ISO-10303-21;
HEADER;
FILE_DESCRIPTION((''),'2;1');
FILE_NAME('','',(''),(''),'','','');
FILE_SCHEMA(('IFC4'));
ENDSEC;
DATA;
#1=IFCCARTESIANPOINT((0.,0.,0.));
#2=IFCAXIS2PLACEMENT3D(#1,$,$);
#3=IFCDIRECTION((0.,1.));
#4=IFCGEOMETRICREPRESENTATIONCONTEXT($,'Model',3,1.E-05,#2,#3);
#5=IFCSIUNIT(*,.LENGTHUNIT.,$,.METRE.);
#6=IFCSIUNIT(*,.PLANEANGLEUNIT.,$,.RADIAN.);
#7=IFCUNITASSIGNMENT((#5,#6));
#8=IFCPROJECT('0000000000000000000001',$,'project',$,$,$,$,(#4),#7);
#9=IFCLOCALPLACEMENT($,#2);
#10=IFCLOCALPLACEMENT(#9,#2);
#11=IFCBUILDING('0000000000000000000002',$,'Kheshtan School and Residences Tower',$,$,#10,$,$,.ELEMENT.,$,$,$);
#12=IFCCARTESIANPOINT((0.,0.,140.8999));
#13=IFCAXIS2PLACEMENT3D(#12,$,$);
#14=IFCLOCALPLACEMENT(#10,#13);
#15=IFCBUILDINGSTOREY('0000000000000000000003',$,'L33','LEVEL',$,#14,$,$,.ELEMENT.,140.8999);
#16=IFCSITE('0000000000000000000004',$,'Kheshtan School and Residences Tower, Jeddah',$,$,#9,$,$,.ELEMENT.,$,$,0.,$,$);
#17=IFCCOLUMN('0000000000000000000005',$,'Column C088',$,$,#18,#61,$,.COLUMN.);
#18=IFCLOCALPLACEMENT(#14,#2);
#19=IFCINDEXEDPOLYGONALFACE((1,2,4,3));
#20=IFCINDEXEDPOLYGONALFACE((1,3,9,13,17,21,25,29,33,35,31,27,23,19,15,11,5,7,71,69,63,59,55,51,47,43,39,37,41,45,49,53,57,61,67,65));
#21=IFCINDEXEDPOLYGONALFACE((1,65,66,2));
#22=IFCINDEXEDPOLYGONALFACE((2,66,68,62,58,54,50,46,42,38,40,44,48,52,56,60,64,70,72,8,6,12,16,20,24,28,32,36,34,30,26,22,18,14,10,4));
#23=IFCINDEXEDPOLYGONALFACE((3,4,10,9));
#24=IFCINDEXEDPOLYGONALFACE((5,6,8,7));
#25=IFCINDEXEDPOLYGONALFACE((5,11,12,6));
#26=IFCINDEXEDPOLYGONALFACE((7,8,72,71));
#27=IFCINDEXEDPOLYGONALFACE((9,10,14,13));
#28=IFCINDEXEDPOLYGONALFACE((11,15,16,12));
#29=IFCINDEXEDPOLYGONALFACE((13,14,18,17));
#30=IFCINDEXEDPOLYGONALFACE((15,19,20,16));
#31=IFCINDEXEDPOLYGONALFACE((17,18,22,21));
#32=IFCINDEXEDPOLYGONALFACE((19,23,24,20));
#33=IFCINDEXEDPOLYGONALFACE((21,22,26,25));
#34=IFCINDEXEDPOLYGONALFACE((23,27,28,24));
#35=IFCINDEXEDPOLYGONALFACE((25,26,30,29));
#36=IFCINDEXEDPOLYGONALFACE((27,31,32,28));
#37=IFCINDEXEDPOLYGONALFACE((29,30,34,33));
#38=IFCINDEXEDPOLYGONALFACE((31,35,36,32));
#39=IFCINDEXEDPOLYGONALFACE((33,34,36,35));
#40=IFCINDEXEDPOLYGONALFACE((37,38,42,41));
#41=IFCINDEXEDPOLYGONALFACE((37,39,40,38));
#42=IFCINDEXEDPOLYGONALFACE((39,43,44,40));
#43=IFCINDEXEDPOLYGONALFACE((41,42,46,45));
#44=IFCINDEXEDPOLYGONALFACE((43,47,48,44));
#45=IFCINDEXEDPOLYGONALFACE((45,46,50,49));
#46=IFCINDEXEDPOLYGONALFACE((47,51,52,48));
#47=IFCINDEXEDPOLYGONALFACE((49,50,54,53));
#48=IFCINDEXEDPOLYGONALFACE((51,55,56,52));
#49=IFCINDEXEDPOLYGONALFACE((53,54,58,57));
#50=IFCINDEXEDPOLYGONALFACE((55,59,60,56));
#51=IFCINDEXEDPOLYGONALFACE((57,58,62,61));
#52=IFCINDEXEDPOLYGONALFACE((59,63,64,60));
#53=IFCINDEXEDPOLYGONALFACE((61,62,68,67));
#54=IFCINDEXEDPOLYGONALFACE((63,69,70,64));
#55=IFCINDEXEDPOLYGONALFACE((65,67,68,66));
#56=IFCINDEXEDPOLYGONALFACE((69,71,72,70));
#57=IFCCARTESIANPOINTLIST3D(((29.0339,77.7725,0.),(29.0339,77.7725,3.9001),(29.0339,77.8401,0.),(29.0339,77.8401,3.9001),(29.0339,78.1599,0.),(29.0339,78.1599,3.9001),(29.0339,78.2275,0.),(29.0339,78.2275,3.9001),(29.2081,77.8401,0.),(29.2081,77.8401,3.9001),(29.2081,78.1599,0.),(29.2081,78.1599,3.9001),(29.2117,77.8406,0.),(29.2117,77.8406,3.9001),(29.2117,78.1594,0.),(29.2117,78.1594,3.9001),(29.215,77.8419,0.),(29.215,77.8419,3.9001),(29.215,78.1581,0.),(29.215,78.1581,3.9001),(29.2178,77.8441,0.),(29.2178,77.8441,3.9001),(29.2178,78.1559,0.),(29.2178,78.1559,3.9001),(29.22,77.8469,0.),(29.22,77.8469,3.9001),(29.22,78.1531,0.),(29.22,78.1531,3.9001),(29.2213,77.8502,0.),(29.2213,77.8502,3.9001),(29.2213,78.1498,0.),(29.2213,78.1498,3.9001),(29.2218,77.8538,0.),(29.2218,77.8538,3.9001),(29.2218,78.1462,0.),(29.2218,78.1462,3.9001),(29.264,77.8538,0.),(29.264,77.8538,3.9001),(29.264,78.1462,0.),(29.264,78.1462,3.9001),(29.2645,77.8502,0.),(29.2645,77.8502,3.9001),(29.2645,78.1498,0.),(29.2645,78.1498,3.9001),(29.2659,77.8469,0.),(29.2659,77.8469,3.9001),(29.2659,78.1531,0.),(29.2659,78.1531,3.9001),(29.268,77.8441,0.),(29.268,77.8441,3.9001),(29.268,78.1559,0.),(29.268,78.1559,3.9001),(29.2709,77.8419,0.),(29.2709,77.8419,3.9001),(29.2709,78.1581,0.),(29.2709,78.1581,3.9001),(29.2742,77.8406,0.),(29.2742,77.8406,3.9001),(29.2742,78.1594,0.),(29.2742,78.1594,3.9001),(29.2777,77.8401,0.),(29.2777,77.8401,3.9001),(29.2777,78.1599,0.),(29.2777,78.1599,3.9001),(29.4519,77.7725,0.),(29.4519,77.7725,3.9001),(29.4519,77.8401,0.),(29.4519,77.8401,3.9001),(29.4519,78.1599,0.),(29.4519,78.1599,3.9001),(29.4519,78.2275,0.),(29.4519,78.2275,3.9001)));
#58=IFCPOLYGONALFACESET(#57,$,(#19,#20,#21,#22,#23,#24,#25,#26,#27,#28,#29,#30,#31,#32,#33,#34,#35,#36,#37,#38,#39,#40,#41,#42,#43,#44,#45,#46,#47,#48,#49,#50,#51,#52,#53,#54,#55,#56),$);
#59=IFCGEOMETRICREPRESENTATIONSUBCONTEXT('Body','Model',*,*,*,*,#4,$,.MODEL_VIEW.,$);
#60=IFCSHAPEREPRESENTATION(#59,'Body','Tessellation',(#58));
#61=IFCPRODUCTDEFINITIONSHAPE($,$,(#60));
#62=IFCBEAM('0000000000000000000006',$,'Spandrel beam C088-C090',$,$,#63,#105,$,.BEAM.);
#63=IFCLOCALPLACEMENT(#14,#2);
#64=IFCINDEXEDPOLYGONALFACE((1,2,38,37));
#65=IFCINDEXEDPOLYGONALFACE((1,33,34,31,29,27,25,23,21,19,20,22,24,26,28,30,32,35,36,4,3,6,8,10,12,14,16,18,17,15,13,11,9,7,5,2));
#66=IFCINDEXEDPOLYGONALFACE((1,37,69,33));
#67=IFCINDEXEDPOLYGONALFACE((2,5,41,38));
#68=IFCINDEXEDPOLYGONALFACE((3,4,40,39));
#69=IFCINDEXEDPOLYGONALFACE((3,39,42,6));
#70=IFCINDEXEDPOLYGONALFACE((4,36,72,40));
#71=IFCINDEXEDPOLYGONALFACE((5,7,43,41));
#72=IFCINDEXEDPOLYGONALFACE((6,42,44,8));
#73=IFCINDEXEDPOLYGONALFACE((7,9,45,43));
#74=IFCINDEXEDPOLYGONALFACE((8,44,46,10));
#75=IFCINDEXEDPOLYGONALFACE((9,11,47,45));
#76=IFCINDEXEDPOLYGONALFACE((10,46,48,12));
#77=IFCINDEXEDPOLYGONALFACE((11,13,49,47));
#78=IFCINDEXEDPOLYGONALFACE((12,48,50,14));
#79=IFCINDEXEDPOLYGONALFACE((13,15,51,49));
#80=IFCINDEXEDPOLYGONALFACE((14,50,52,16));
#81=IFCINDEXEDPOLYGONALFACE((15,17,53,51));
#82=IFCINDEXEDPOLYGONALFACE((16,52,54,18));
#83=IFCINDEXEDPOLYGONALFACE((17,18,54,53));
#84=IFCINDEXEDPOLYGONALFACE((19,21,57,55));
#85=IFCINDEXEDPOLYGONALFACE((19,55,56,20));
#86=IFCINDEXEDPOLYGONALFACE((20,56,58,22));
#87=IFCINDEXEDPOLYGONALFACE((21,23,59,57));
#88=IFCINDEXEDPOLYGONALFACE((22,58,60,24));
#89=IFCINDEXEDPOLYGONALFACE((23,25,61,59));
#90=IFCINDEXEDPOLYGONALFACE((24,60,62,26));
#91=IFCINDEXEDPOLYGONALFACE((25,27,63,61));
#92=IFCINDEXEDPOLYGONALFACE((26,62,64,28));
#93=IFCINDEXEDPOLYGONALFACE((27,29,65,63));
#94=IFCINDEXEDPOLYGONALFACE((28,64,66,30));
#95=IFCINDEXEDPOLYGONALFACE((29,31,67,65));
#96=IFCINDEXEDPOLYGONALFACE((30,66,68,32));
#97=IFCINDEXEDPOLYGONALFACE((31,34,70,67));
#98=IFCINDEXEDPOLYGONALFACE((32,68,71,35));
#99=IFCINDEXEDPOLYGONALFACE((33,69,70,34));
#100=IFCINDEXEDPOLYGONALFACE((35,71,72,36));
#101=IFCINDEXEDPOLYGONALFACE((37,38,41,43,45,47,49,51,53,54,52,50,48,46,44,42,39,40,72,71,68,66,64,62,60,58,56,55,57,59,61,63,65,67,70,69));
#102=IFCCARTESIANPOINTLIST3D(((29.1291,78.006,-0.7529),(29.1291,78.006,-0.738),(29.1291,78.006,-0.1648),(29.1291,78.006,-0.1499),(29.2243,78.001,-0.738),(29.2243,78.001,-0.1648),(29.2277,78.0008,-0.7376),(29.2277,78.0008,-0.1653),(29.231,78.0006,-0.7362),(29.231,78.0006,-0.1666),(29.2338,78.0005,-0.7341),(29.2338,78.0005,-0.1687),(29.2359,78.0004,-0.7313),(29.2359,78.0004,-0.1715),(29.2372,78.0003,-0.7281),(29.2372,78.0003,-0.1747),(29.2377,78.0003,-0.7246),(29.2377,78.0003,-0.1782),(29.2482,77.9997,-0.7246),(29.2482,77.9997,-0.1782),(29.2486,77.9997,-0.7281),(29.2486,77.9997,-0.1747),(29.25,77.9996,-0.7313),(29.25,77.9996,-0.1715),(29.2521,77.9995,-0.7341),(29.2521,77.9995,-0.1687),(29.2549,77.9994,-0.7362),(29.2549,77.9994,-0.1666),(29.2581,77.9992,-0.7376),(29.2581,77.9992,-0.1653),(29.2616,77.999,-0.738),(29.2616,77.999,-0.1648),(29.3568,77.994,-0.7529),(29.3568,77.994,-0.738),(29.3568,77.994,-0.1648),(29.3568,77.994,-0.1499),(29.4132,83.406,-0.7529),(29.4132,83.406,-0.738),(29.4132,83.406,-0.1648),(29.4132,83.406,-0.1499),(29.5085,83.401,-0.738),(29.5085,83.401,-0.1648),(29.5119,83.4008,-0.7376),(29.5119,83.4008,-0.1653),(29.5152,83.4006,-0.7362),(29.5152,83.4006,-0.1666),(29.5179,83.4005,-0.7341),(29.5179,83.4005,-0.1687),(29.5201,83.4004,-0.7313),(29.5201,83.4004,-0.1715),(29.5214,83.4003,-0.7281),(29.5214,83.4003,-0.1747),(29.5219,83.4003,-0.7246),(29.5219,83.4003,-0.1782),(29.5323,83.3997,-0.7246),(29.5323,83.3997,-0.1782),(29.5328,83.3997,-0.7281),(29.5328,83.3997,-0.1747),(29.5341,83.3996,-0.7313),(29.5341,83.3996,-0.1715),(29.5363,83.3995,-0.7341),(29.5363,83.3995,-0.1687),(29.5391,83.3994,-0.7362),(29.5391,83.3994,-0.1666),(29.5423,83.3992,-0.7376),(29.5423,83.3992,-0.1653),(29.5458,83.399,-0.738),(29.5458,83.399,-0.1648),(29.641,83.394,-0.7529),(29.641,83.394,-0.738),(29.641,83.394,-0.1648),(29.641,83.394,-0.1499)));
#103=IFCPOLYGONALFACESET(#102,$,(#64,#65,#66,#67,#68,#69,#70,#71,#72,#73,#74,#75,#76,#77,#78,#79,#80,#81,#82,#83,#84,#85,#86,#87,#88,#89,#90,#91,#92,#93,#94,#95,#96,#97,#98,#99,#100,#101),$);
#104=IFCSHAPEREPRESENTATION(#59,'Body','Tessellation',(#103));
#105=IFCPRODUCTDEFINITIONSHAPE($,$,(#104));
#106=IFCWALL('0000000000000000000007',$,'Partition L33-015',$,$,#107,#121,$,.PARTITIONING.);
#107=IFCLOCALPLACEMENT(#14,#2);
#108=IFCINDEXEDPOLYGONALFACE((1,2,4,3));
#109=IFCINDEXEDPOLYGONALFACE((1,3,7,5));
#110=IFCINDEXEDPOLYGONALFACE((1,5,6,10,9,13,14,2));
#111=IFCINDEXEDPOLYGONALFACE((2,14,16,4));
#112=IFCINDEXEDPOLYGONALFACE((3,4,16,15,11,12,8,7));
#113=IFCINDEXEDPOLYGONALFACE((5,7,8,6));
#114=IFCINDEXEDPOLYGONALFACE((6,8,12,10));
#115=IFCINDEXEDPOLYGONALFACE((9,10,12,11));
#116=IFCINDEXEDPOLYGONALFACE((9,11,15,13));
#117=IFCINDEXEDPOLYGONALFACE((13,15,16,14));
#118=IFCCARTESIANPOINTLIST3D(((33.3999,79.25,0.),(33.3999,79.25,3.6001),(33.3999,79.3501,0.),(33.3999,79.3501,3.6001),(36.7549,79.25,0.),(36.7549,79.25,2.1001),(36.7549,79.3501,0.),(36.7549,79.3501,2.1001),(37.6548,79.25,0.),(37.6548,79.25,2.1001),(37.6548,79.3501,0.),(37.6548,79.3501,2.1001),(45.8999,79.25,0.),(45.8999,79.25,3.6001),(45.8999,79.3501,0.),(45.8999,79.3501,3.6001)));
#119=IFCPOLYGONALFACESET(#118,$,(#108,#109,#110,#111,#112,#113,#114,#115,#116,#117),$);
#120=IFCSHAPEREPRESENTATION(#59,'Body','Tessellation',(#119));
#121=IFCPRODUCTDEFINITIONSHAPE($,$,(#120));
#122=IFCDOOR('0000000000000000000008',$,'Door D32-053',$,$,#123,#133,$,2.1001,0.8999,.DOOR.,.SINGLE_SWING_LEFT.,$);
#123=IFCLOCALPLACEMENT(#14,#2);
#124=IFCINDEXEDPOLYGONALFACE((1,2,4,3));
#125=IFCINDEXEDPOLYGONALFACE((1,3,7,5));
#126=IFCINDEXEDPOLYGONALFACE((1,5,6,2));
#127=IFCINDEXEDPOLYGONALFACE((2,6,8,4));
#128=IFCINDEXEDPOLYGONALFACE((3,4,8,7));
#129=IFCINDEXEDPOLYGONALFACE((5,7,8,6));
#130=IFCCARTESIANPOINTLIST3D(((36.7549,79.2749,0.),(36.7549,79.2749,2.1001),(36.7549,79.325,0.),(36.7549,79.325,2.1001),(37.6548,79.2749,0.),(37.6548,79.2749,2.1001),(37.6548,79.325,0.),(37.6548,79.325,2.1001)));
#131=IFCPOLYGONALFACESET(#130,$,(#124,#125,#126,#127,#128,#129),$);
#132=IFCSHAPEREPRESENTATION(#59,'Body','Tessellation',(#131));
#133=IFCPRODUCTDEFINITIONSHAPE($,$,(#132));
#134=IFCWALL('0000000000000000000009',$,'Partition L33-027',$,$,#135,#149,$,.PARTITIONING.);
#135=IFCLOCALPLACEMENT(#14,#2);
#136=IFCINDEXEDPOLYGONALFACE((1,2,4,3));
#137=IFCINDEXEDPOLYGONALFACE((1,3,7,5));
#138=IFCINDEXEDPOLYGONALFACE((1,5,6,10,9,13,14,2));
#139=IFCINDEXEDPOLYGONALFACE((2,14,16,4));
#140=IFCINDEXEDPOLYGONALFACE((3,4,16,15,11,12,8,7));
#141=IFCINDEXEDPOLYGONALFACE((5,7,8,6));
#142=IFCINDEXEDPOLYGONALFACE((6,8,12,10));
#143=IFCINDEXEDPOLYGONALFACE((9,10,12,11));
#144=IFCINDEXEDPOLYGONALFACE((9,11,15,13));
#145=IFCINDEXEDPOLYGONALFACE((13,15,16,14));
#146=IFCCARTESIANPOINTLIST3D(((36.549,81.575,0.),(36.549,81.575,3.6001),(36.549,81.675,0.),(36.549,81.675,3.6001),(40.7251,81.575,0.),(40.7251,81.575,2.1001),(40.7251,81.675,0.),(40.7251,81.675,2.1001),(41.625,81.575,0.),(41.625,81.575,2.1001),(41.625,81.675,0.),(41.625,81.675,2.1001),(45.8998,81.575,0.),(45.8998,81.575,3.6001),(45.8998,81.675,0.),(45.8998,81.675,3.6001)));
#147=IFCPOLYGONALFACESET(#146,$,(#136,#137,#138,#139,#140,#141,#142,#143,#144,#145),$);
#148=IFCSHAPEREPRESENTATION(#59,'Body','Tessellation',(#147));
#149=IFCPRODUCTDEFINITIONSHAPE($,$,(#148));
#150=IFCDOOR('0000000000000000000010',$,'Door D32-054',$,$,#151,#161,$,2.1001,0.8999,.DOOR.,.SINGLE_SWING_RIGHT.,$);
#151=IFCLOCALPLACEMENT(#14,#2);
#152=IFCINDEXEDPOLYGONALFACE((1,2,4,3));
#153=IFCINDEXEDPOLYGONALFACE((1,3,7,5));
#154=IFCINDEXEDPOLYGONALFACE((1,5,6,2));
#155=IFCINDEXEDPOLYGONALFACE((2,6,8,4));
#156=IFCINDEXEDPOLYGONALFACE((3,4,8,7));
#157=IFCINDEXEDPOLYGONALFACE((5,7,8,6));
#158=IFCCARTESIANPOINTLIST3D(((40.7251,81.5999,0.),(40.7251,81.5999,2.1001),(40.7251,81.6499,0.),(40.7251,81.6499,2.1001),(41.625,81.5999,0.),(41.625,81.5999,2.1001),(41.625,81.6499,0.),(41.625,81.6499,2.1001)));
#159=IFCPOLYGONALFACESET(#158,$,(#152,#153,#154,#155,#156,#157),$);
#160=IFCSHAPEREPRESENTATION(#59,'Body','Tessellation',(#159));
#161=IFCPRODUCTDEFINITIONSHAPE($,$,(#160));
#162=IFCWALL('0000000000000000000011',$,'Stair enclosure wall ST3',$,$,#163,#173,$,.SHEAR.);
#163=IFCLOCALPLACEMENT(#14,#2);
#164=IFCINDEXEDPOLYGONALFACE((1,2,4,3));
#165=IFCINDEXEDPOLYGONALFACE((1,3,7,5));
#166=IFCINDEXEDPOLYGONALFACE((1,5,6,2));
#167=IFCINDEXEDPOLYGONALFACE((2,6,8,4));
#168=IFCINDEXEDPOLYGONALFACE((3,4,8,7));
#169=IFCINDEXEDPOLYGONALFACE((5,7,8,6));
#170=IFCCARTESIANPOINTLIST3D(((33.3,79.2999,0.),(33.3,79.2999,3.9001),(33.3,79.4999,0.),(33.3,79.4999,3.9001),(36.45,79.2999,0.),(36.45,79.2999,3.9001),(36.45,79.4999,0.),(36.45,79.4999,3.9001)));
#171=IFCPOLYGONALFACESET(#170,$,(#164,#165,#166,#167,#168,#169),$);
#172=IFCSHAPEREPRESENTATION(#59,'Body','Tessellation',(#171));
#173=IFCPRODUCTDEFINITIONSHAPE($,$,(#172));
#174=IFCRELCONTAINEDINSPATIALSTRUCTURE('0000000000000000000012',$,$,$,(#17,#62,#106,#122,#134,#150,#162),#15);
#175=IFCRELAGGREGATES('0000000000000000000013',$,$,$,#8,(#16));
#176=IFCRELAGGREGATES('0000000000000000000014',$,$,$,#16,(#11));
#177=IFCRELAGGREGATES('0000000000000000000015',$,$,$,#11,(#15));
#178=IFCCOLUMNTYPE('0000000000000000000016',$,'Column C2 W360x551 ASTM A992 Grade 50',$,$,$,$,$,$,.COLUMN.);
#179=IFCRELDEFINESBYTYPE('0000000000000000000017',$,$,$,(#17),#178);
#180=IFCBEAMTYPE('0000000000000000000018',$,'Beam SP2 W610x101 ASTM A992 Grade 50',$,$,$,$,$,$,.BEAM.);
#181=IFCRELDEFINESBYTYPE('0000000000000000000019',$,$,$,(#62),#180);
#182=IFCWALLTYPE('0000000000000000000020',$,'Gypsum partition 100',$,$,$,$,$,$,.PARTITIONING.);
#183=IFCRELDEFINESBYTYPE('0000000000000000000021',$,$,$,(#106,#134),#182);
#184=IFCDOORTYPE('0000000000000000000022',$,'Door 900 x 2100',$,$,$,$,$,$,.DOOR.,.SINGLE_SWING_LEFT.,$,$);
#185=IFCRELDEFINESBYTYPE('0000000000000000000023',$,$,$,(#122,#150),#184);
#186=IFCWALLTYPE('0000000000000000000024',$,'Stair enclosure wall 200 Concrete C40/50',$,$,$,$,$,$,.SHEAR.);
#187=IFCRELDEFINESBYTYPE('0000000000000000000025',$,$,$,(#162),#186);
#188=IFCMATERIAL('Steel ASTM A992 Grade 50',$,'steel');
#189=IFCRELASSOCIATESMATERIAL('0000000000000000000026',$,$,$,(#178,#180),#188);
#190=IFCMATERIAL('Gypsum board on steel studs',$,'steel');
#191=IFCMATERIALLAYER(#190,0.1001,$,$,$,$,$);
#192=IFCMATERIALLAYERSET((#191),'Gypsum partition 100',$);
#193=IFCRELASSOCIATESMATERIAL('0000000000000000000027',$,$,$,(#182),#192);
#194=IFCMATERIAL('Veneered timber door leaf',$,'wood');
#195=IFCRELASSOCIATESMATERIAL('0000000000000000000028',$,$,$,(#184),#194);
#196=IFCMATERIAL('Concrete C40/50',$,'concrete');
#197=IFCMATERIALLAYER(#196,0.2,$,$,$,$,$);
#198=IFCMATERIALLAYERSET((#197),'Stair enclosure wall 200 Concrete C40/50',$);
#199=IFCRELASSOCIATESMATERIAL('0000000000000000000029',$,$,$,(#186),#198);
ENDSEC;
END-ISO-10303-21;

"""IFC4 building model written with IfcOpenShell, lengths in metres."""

from ifc_helpers import new_model, si_unit, direction, frame, frame_2d, origin, origin_2d, place, context, subcontext, project, spatial, rectangle, i_section, extrude, source, transform, mapped, material, layer, layer_set, material_profile, profile_set, type_object, element, fill, save


model = new_model("IFC4")

# Units and contexts
model_context = context("Model", 3, precision=1e-05, world=origin(), true_north=direction((0.0, 1.0)))
body_context = subcontext(model_context, "Body", "Model", "MODEL_VIEW")
ifc_project = project(units=[si_unit("LENGTHUNIT", "METRE"), si_unit("PLANEANGLEUNIT", "RADIAN")], contexts=[model_context])

# Site, building, storey
site_placement = place(None, origin())
site = spatial("IfcSite", under=ifc_project, at=site_placement, Name="Kheshtan School and Residences Tower, Jeddah", CompositionType="ELEMENT", RefElevation=0.0)
building_placement = place(site_placement, origin())
building = spatial("IfcBuilding", under=site, at=building_placement, Name="Kheshtan School and Residences Tower", CompositionType="ELEMENT")
storey_placement = place(building_placement, frame((0.0, 0.0, 140.8999)))
storey = spatial("IfcBuildingStorey", under=building, at=storey_placement, Name="L33", Description="LEVEL", CompositionType="ELEMENT", Elevation=140.8999)

# Column
ifc_material_1 = material(Name="Steel ASTM A992 Grade 50", Category="steel")
ifc_material_profile_1 = material_profile(ifc_material_1, i_section(OverallWidth=0.418, OverallDepth=0.4551, WebThickness=0.0422, FlangeThickness=0.0676, FilletRadius=0.0137, at=origin_2d()), Name="W360x551")
ifc_profile_set_1 = profile_set([ifc_material_profile_1], Name="Steel ASTM A992 Grade 50")
column_type = type_object("IfcColumnType", Name="Column C2 W360x551 ASTM A992 Grade 50", PredefinedType="COLUMN", material=ifc_profile_set_1)
column_placement = place(storey_placement, frame((29.2429, 78.0, 0.0), z_axis=(0.0, 0.0, 1.0), x_axis=(1.0, 0.0, 0.0)))
element("IfcColumn", 1, at=column_placement, inside=storey, type_object=column_type, Name="Column C088", PredefinedType="COLUMN", context=body_context, shape_type="SweptSolid", body=[
    extrude(i_section(OverallWidth=0.418, OverallDepth=0.4551, WebThickness=0.0422, FlangeThickness=0.0676, FilletRadius=0.0137, at=origin_2d()), origin(), (0.0, 0.0, 1.0), 3.9001),
])

# Beam
ifc_material_profile_2 = material_profile(ifc_material_1, i_section(OverallWidth=0.228, OverallDepth=0.603, WebThickness=0.0105, FlangeThickness=0.0149, FilletRadius=0.0134, at=origin_2d()), Name="W610x101")
ifc_profile_set_2 = profile_set([ifc_material_profile_2], Name="Steel ASTM A992 Grade 50")
beam_type = type_object("IfcBeamType", Name="Beam SP2 W610x101 ASTM A992 Grade 50", PredefinedType="BEAM", material=ifc_profile_set_2)
beam_placement = place(storey_placement, frame((29.2429, 78.0, -0.4514), z_axis=(0.052554, 0.998618, 0.0), x_axis=(-0.998618, 0.052554, 0.0)))
element("IfcBeam", 2, at=beam_placement, inside=storey, type_object=beam_type, Name="Spandrel beam C088-C090", PredefinedType="BEAM", context=body_context, shape_type="SweptSolid", body=[
    extrude(i_section(OverallWidth=0.228, OverallDepth=0.603, WebThickness=0.0105, FlangeThickness=0.0149, FilletRadius=0.0134, at=origin_2d()), origin(), (0.0, 0.0, 1.0), 5.4075),
])

# Walls, openings, doors
ifc_material_2 = material(Name="Gypsum board on steel studs", Category="steel")
ifc_layer_1 = layer(ifc_material_2, 0.1001)
ifc_layer_set_1 = layer_set([ifc_layer_1], Name="Gypsum partition 100")
wall_type_1 = type_object("IfcWallType", Name="Gypsum partition 100", PredefinedType="PARTITIONING", material=ifc_layer_set_1)
wall_1_placement = place(storey_placement, frame((33.3999, 79.3, 0.0), z_axis=(0.0, 0.0, 1.0), x_axis=(1.0, 0.0, 0.0)))
wall_1 = element("IfcWall", 3, at=wall_1_placement, inside=storey, type_object=wall_type_1, Name="Partition L33-015", PredefinedType="PARTITIONING", context=body_context, shape_type="SweptSolid", body=[
    extrude(rectangle(XDim=12.5, YDim=0.1001, at=frame_2d((6.25, 0.0))), origin(), (0.0, 0.0, 1.0), 3.6001),
])
opening_1_placement = place(wall_1_placement, frame((3.355, 0.0, 0.0)))
opening_1 = element("IfcOpeningElement", 4, at=opening_1_placement, cuts=wall_1, PredefinedType="OPENING", context=body_context, shape_type="SweptSolid", body=[
    extrude(rectangle(XDim=0.8999, YDim=2.1001, at=frame_2d((0.45, 1.05))), frame((0.0, 0.0601, 0.0), z_axis=(0.0, -1.0, 0.0), x_axis=(1.0, 0.0, 0.0)), (0.0, 0.0, 1.0), 0.1201),
])
ifc_material_3 = material(Name="Veneered timber door leaf", Category="wood")
door_type_1 = type_object("IfcDoorType", Name="Door 900 x 2100", OperationType="SINGLE_SWING_LEFT", PredefinedType="DOOR", material=ifc_material_3)
shared_shape_1 = source(origin(), body_context, "Body", "SweptSolid", [
    extrude(rectangle(XDim=0.8999, YDim=2.1001, at=frame_2d((0.45, 1.05))), frame((0.0, 0.0249, 0.0), z_axis=(0.0, -1.0, 0.0), x_axis=(1.0, 0.0, 0.0)), (0.0, 0.0, 1.0), 0.05),
])
door_1_placement = place(opening_1_placement, origin())
door_1 = element("IfcDoor", 5, at=door_1_placement, inside=storey, type_object=door_type_1, Name="Door D32-053", OperationType="SINGLE_SWING_LEFT", OverallHeight=2.1001, OverallWidth=0.8999, PredefinedType="DOOR", context=body_context, shape_type="MappedRepresentation", body=[
    mapped(shared_shape_1, transform((0.0, 0.0, 0.0), x_axis=(1.0, 0.0, 0.0), y_axis=(0.0, 1.0, 0.0), z_axis=(0.0, 0.0, 1.0), scale=1.0)),
])
fill(opening_1, door_1)
wall_2_placement = place(storey_placement, frame((36.5491, 81.625, 0.0), z_axis=(0.0, 0.0, 1.0), x_axis=(1.0, 0.0, 0.0)))
wall_2 = element("IfcWall", 6, at=wall_2_placement, inside=storey, type_object=wall_type_1, Name="Partition L33-027", PredefinedType="PARTITIONING", context=body_context, shape_type="SweptSolid", body=[
    extrude(rectangle(XDim=9.3508, YDim=0.1001, at=frame_2d((4.6753, 0.0))), origin(), (0.0, 0.0, 1.0), 3.6001),
])
opening_2_placement = place(wall_2_placement, frame((4.176, 0.0, 0.0)))
opening_2 = element("IfcOpeningElement", 7, at=opening_2_placement, cuts=wall_2, PredefinedType="OPENING", context=body_context, shape_type="SweptSolid", body=[
    extrude(rectangle(XDim=0.8999, YDim=2.1001, at=frame_2d((0.45, 1.05))), frame((0.0, 0.0601, 0.0), z_axis=(0.0, -1.0, 0.0), x_axis=(1.0, 0.0, 0.0)), (0.0, 0.0, 1.0), 0.1201),
])
door_2_placement = place(opening_2_placement, origin())
door_2 = element("IfcDoor", 8, at=door_2_placement, inside=storey, type_object=door_type_1, Name="Door D32-054", OperationType="SINGLE_SWING_RIGHT", OverallHeight=2.1001, OverallWidth=0.8999, PredefinedType="DOOR", context=body_context, shape_type="MappedRepresentation", body=[
    mapped(shared_shape_1, transform((0.0, 0.0, 0.0), x_axis=(1.0, 0.0, 0.0), y_axis=(0.0, 1.0, 0.0), z_axis=(0.0, 0.0, 1.0), scale=1.0)),
])
fill(opening_2, door_2)

# Wall
ifc_material_4 = material(Name="Concrete C40/50", Category="concrete")
ifc_layer_2 = layer(ifc_material_4, 0.2)
ifc_layer_set_2 = layer_set([ifc_layer_2], Name="Stair enclosure wall 200 Concrete C40/50")
wall_type_2 = type_object("IfcWallType", Name="Stair enclosure wall 200 Concrete C40/50", PredefinedType="SHEAR", material=ifc_layer_set_2)
wall_3_placement = place(storey_placement, frame((33.3, 79.3999, 0.0), z_axis=(0.0, 0.0, 1.0), x_axis=(1.0, 0.0, 0.0)))
element("IfcWall", 9, at=wall_3_placement, inside=storey, type_object=wall_type_2, Name="Stair enclosure wall ST3", PredefinedType="SHEAR", context=body_context, shape_type="SweptSolid", body=[
    extrude(rectangle(XDim=3.1499, YDim=0.2, at=frame_2d((1.575, 0.0))), origin(), (0.0, 0.0, 1.0), 3.9001),
])

save(model, "model.ifc")
